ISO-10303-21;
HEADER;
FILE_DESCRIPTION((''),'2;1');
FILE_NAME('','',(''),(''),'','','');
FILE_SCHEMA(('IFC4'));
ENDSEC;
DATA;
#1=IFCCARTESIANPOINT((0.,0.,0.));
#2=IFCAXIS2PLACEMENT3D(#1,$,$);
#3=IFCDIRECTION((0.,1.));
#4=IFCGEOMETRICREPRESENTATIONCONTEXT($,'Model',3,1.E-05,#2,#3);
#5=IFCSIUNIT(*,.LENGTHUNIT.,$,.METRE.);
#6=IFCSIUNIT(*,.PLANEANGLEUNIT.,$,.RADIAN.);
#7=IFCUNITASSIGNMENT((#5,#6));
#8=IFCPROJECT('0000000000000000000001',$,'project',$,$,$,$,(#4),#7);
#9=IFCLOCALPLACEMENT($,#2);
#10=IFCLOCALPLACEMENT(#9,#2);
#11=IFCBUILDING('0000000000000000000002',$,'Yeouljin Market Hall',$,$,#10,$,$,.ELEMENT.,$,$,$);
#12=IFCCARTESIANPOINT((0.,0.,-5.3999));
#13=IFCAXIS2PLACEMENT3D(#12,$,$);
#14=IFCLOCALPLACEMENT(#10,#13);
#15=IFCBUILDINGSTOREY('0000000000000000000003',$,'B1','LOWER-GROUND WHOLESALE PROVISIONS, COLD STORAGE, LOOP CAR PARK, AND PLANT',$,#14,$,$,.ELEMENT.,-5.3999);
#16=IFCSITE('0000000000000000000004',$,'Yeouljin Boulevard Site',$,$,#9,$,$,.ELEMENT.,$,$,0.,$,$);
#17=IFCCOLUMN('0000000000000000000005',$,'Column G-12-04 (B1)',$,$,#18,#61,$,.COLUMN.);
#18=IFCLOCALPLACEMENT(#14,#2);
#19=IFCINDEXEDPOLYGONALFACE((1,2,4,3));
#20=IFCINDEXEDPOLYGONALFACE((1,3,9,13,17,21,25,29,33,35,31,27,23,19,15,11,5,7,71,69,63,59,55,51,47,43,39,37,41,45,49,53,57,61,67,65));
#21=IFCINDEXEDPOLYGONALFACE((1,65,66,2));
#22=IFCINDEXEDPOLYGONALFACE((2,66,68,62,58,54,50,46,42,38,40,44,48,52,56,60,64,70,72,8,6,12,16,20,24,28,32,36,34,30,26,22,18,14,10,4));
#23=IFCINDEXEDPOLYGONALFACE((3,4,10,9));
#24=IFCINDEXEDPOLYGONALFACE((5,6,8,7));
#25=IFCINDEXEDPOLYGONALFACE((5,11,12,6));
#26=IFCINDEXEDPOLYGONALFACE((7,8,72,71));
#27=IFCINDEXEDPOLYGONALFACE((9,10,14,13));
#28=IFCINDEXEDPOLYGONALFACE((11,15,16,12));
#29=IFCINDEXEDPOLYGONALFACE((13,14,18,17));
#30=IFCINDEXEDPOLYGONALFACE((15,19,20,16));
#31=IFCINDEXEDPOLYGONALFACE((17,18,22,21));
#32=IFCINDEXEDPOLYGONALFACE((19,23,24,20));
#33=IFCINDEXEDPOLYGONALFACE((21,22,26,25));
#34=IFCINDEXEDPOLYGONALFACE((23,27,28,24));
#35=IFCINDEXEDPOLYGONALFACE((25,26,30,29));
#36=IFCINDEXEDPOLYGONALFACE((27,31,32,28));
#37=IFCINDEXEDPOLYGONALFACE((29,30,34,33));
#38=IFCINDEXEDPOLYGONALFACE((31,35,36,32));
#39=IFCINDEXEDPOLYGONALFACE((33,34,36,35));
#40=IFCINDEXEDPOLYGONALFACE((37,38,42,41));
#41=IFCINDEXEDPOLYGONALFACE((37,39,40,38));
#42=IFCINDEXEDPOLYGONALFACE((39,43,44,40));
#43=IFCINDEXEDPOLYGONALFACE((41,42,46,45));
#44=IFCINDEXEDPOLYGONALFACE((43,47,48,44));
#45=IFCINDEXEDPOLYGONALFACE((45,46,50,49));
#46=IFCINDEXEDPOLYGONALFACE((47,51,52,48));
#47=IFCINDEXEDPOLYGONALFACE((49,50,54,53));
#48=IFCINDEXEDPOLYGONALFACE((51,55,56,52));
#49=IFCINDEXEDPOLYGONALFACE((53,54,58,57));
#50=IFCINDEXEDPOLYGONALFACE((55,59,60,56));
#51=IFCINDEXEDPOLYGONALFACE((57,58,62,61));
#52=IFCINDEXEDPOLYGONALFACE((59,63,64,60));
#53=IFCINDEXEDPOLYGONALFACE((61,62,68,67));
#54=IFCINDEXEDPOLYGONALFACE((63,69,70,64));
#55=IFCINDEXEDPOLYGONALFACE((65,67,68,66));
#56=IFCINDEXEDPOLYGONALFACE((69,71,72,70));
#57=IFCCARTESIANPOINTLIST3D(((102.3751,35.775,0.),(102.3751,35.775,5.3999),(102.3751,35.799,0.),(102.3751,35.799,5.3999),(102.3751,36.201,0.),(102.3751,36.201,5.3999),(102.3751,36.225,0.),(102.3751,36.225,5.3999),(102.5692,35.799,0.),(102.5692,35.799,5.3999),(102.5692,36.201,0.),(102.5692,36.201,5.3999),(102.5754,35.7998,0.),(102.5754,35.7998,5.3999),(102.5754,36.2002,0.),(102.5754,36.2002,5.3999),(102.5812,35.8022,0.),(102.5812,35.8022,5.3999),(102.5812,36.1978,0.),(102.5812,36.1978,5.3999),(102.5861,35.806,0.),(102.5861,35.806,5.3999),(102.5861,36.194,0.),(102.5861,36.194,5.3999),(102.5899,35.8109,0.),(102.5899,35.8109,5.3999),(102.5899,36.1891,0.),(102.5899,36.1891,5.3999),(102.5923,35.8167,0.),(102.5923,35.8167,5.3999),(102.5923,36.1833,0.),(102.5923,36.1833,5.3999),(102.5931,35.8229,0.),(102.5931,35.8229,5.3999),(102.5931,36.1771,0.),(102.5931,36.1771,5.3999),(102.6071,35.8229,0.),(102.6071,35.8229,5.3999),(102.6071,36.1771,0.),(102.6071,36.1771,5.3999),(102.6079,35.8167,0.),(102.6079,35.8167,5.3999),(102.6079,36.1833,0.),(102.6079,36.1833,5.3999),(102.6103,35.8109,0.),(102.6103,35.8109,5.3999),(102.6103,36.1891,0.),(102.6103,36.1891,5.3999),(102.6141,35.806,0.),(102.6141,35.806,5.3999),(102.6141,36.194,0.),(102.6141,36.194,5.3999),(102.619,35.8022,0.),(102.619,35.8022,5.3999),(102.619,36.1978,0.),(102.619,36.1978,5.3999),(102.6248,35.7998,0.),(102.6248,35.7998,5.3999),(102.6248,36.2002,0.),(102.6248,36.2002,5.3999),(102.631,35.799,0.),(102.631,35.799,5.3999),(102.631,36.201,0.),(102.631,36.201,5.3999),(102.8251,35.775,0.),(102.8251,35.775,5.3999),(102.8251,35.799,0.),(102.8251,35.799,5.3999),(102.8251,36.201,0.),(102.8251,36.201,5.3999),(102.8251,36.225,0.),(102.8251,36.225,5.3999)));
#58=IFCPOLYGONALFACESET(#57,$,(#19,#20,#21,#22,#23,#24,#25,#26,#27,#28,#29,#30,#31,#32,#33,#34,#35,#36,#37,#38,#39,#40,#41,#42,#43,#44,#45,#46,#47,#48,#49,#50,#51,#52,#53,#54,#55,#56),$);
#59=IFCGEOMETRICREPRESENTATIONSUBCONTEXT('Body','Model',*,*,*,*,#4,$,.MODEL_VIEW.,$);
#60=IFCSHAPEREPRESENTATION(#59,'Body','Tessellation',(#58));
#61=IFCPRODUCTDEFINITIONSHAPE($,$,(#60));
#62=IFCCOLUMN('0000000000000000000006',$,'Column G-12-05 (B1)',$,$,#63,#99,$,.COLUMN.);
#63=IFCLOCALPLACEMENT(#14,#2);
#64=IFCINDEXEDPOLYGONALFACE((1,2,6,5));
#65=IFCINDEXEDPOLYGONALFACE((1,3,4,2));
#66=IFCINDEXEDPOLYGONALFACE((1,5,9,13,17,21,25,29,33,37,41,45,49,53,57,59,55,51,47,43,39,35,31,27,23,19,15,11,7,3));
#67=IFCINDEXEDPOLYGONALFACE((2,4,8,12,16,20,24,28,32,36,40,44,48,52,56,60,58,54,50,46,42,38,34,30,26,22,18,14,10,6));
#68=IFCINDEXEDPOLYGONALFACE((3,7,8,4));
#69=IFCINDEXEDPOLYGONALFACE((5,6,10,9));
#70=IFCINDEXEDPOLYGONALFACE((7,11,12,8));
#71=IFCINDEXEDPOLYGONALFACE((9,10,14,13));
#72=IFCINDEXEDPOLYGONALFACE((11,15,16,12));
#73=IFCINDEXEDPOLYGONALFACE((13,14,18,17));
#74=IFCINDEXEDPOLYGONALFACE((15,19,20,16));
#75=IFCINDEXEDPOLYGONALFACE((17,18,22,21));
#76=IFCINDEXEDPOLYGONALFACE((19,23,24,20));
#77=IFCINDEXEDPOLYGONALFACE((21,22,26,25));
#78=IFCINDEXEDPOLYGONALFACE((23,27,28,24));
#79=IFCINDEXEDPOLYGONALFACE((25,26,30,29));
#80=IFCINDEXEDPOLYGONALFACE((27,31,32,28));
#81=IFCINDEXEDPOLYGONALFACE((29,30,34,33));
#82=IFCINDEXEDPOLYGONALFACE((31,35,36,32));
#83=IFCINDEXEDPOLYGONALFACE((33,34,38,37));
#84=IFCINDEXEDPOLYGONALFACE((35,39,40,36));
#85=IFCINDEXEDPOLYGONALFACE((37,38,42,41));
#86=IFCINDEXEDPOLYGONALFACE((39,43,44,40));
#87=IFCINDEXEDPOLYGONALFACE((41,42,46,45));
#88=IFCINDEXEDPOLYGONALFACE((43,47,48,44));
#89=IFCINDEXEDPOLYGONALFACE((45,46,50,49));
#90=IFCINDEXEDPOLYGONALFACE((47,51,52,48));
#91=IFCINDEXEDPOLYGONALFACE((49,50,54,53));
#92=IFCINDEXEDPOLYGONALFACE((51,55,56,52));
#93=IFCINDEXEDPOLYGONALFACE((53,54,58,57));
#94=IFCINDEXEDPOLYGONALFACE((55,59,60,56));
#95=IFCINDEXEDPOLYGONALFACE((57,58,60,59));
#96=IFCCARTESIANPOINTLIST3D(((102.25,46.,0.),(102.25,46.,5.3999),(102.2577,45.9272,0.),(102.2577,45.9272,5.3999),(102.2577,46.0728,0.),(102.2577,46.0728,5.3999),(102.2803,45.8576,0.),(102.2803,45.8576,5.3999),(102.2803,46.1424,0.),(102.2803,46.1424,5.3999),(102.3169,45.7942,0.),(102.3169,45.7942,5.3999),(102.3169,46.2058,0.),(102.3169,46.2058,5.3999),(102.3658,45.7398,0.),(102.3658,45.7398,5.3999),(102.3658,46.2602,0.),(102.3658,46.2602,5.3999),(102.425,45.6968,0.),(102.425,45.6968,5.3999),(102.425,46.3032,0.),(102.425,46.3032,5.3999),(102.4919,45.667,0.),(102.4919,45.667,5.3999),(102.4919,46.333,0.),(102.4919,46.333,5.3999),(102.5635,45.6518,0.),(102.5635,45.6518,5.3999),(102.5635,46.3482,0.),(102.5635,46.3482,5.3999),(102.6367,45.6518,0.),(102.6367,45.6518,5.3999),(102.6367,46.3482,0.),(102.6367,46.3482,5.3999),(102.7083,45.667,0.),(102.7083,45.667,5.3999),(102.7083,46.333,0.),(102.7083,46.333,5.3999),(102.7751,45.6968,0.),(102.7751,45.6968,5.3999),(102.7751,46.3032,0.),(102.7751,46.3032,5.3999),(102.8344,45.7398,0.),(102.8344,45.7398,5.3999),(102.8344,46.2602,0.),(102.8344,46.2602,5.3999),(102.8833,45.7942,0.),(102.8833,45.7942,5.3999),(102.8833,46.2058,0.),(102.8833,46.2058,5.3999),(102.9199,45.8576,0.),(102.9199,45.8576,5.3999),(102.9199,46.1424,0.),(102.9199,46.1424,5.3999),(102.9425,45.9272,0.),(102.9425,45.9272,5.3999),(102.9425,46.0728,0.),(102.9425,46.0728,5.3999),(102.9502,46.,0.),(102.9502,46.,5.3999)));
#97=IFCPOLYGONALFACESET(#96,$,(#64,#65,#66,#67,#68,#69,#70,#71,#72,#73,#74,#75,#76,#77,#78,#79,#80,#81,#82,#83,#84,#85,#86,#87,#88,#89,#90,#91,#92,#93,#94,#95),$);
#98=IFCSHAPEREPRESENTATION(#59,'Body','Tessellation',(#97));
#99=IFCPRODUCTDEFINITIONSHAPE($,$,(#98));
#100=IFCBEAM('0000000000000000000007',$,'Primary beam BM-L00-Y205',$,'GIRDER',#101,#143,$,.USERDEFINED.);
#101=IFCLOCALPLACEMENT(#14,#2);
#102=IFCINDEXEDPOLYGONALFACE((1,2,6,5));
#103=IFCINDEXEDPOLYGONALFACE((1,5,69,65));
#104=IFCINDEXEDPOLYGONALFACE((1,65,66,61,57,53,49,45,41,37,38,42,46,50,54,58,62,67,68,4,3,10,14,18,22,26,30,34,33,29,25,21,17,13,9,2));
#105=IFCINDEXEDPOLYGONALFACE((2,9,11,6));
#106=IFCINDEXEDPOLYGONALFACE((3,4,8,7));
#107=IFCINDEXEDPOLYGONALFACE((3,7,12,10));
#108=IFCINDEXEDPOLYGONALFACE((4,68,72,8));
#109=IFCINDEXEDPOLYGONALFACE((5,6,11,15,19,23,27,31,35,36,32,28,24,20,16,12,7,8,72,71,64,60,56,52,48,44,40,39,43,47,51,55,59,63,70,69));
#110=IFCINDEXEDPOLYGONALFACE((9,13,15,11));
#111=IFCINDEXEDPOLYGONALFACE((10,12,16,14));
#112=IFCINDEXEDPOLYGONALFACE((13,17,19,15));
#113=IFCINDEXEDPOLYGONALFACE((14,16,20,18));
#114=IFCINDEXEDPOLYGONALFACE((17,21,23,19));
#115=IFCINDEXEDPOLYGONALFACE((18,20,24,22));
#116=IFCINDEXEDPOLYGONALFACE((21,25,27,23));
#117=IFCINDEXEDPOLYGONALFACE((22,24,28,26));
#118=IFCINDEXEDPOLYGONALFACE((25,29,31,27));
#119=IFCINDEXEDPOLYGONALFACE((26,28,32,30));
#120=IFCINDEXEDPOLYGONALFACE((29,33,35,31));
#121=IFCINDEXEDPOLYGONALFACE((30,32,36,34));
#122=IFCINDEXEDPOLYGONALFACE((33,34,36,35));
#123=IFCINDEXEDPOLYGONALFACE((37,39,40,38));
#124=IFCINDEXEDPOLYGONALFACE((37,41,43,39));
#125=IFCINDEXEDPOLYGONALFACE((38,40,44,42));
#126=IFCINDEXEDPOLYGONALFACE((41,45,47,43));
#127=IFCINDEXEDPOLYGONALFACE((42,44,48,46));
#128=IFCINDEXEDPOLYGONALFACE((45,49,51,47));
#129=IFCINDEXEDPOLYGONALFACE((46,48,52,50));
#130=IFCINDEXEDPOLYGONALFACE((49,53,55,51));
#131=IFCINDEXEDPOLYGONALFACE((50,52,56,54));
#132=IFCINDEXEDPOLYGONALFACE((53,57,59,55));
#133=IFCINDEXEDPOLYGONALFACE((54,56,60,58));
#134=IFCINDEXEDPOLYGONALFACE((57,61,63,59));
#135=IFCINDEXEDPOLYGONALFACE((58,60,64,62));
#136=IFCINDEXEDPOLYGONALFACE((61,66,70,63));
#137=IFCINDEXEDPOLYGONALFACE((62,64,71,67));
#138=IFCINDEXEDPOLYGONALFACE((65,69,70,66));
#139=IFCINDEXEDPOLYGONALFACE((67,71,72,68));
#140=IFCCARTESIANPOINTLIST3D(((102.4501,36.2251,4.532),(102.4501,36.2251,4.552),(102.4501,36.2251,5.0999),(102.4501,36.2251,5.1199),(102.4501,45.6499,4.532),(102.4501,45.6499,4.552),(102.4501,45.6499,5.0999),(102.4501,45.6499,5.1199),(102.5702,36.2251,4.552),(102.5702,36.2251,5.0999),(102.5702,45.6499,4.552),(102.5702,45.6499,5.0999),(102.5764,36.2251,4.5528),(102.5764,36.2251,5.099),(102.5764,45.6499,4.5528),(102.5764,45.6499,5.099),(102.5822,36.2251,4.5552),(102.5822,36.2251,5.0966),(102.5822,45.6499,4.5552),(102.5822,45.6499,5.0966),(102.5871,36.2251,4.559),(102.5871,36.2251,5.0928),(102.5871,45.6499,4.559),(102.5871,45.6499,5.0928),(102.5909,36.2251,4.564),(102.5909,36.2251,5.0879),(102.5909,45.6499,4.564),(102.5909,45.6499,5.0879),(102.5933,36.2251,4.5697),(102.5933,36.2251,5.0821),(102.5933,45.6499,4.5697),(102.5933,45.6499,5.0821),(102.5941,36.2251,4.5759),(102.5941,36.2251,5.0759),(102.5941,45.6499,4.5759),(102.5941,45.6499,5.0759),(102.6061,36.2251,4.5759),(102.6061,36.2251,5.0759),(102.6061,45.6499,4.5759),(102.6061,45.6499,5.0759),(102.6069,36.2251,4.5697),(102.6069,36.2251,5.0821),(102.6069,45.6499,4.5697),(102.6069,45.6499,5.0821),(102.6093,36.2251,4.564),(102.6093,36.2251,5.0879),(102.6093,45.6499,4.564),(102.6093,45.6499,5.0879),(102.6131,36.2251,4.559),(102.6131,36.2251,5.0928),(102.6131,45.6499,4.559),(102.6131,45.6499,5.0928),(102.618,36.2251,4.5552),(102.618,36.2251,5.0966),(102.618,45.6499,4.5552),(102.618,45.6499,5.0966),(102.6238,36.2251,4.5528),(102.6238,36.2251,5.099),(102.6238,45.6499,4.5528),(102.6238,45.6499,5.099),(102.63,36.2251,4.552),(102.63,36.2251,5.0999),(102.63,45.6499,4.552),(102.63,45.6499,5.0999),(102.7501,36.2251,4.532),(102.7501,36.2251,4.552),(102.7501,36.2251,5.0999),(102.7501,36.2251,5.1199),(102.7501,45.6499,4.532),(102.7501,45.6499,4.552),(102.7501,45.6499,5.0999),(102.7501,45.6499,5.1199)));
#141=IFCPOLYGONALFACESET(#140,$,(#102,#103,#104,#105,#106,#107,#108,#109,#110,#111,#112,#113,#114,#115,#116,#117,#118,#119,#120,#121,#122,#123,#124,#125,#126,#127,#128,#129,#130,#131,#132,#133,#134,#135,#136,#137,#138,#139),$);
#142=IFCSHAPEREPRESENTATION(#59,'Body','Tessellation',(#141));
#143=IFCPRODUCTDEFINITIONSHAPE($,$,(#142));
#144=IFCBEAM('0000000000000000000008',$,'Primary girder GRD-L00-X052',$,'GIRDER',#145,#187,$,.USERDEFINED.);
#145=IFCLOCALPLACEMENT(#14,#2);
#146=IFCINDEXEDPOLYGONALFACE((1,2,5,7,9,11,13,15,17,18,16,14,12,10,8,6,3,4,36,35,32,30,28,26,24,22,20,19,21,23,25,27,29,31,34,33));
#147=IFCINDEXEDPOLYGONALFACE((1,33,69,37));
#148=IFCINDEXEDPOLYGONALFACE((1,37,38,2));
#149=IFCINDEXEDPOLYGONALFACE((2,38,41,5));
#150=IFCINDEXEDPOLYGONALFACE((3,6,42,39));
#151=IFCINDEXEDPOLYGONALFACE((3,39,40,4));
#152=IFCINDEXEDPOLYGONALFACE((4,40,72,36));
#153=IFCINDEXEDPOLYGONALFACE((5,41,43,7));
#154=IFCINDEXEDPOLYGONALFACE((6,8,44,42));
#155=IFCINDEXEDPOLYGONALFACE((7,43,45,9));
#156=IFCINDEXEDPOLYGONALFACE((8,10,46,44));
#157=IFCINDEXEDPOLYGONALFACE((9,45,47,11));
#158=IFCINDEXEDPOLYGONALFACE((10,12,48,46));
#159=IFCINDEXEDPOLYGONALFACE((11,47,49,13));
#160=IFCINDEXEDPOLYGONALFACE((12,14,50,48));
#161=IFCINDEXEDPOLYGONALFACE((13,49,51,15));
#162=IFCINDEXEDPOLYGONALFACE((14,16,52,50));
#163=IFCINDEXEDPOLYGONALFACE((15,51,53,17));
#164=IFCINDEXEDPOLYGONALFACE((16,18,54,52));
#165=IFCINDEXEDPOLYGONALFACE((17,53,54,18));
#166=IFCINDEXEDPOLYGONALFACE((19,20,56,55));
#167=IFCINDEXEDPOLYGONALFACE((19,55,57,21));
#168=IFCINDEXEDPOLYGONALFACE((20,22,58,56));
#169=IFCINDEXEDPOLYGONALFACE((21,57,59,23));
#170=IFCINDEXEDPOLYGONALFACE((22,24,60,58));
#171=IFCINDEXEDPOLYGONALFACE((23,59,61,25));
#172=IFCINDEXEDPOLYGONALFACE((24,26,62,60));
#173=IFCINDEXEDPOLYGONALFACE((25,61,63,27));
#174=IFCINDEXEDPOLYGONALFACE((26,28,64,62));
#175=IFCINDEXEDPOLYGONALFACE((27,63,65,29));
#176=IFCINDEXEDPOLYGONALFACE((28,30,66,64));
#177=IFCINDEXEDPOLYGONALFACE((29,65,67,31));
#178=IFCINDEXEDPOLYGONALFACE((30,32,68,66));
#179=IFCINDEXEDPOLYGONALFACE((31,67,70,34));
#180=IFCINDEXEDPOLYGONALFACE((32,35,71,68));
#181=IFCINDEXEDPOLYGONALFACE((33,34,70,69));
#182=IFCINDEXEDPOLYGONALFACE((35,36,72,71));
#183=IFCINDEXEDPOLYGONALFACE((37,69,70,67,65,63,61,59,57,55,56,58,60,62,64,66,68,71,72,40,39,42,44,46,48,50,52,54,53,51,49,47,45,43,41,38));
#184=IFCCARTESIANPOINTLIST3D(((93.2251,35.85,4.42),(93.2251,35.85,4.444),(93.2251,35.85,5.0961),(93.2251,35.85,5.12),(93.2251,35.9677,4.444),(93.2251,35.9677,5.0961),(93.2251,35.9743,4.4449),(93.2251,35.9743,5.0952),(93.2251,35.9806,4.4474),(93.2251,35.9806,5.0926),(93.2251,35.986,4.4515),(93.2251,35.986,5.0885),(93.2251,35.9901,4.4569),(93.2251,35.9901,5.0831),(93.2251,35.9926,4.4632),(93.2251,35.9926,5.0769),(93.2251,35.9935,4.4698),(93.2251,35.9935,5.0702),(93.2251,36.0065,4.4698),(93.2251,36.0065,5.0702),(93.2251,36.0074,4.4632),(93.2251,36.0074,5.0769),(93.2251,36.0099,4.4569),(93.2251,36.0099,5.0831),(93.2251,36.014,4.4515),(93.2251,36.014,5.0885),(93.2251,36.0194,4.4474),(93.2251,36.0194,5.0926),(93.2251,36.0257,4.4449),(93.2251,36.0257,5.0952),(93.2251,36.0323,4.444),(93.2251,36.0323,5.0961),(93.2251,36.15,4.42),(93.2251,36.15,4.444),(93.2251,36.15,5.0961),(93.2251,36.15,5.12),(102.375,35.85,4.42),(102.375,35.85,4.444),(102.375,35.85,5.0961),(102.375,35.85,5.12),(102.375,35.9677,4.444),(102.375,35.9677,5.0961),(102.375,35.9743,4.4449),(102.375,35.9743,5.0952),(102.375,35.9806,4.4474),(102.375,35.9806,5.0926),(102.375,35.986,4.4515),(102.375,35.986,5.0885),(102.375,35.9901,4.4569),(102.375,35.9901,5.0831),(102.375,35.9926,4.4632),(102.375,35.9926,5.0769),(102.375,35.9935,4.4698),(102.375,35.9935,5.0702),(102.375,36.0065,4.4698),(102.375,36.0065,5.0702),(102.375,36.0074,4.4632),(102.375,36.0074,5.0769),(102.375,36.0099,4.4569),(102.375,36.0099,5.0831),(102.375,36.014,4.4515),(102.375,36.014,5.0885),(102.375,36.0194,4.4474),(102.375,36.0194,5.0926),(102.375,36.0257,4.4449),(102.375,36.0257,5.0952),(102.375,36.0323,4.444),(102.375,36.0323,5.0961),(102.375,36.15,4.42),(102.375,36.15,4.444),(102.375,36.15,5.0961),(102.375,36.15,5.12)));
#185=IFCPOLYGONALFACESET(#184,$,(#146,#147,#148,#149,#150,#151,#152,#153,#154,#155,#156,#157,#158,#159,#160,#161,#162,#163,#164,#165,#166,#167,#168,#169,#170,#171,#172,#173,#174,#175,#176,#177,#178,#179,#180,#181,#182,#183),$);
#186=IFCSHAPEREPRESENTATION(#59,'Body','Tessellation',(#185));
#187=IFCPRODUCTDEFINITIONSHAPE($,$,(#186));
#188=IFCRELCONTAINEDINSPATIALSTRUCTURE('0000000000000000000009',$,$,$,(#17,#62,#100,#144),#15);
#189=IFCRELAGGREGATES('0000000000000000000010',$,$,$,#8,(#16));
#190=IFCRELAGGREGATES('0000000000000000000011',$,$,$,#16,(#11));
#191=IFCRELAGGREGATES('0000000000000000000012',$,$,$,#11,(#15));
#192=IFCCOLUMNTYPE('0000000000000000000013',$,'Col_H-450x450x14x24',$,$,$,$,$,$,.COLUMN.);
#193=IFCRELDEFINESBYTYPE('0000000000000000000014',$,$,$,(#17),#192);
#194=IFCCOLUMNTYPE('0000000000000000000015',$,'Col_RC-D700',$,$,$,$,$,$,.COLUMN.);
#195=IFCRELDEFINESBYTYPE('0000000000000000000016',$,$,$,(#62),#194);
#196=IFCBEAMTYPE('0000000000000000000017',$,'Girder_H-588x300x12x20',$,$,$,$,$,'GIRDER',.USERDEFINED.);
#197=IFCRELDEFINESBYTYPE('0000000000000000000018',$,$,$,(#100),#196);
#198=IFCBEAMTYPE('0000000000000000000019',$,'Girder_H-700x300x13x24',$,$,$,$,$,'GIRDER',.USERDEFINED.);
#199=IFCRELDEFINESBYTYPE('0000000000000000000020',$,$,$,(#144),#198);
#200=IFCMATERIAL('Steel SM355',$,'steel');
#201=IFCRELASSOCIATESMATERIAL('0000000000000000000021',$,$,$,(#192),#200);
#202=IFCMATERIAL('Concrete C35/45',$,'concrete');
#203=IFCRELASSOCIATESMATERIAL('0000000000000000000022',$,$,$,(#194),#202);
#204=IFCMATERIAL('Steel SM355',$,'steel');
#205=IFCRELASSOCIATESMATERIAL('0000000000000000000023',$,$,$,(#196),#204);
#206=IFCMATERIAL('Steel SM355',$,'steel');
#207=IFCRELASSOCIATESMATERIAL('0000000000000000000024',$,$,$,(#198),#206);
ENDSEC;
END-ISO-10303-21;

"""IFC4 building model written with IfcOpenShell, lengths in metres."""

from ifc_helpers import new_model, si_unit, direction, frame, origin, origin_2d, place, context, subcontext, project, spatial, circle, i_section, extrude, material, material_profile, profile_set, type_object, element, save


model = new_model("IFC4")

# Units and contexts
model_context = context("Model", 3, precision=1e-05, world=origin(), true_north=direction((0.0, 1.0)))
body_context = subcontext(model_context, "Body", "Model", "MODEL_VIEW")
ifc_project = project(units=[si_unit("LENGTHUNIT", "METRE"), si_unit("PLANEANGLEUNIT", "RADIAN")], contexts=[model_context])

# Site, building, storey
site_placement = place(None, origin())
site = spatial("IfcSite", under=ifc_project, at=site_placement, Name="Yeouljin Boulevard Site", CompositionType="ELEMENT", RefElevation=0.0)
building_placement = place(site_placement, origin())
building = spatial("IfcBuilding", under=site, at=building_placement, Name="Yeouljin Market Hall", CompositionType="ELEMENT")
storey_placement = place(building_placement, frame((0.0, 0.0, -5.3999)))
storey = spatial("IfcBuildingStorey", under=building, at=storey_placement, Name="B1", Description="LOWER-GROUND WHOLESALE PROVISIONS, COLD STORAGE, LOOP CAR PARK, AND PLANT", CompositionType="ELEMENT", Elevation=-5.3999)

# Columns
ifc_material_1 = material(Name="Steel SM355", Category="steel")
ifc_material_profile_1 = material_profile(ifc_material_1, i_section(OverallWidth=0.45, OverallDepth=0.45, WebThickness=0.0139, FlangeThickness=0.0239, FilletRadius=0.0239, at=origin_2d()), Name="H-450x450x14x24")
ifc_profile_set_1 = profile_set([ifc_material_profile_1], Name="Steel SM355")
column_type_1 = type_object("IfcColumnType", Name="Col_H-450x450x14x24", PredefinedType="COLUMN", material=ifc_profile_set_1)
for number, where, z_axis, x_axis, name in (
    (1, (102.6001, 36.0, 0.0), (0.0, 0.0, 1.0), (1.0, 0.0, 0.0), "Column G-12-04 (B1)"),
):
    element("IfcColumn", number, at=place(storey_placement, frame(where, z_axis=z_axis, x_axis=x_axis)), inside=storey, type_object=column_type_1, Name=name, PredefinedType="COLUMN", context=body_context, shape_type="SweptSolid", body=[
        extrude(i_section(OverallWidth=0.45, OverallDepth=0.45, WebThickness=0.0139, FlangeThickness=0.0239, FilletRadius=0.0239, at=origin_2d()), origin(), (0.0, 0.0, 1.0), 5.3999),
    ])
ifc_material_2 = material(Name="Concrete C35/45", Category="concrete")
ifc_material_profile_2 = material_profile(ifc_material_2, circle(Radius=0.3501, at=origin_2d()), Name="RC-D700")
ifc_profile_set_2 = profile_set([ifc_material_profile_2], Name="Concrete C35/45")
column_type_2 = type_object("IfcColumnType", Name="Col_RC-D700", PredefinedType="COLUMN", material=ifc_profile_set_2)
column_placement = place(storey_placement, frame((102.6001, 46.0, 0.0), z_axis=(0.0, 0.0, 1.0), x_axis=(1.0, 0.0, 0.0)))
element("IfcColumn", 2, at=column_placement, inside=storey, type_object=column_type_2, Name="Column G-12-05 (B1)", PredefinedType="COLUMN", context=body_context, shape_type="SweptSolid", body=[
    extrude(circle(Radius=0.3501, at=origin_2d()), origin(), (0.0, 0.0, 1.0), 5.3999),
])

# Beams
ifc_material_3 = material(Name="Steel SM355", Category="steel")
ifc_material_profile_3 = material_profile(ifc_material_3, i_section(OverallWidth=0.3, OverallDepth=0.5879, WebThickness=0.012, FlangeThickness=0.02, FilletRadius=0.0239, at=origin_2d()), Name="H-588x300x12x20")
ifc_profile_set_3 = profile_set([ifc_material_profile_3], Name="Steel SM355")
beam_type_1 = type_object("IfcBeamType", Name="Girder_H-588x300x12x20", ElementType="GIRDER", PredefinedType="USERDEFINED", material=ifc_profile_set_3)
beam_1_placement = place(storey_placement, frame((102.6001, 36.2251, 4.8259), z_axis=(0.0, 1.0, 0.0), x_axis=(-1.0, 0.0, 0.0)))
element("IfcBeam", 3, at=beam_1_placement, inside=storey, type_object=beam_type_1, Name="Primary beam BM-L00-Y205", ObjectType="GIRDER", PredefinedType="USERDEFINED", context=body_context, shape_type="SweptSolid", body=[
    extrude(i_section(OverallWidth=0.3, OverallDepth=0.5879, WebThickness=0.012, FlangeThickness=0.02, FilletRadius=0.0239, at=origin_2d()), origin(), (0.0, 0.0, 1.0), 9.4248),
])
ifc_material_4 = material(Name="Steel SM355", Category="steel")
ifc_material_profile_4 = material_profile(ifc_material_4, i_section(OverallWidth=0.3, OverallDepth=0.7, WebThickness=0.0129, FlangeThickness=0.0239, FilletRadius=0.0259, at=origin_2d()), Name="H-700x300x13x24")
ifc_profile_set_4 = profile_set([ifc_material_profile_4], Name="Steel SM355")
beam_type_2 = type_object("IfcBeamType", Name="Girder_H-700x300x13x24", ElementType="GIRDER", PredefinedType="USERDEFINED", material=ifc_profile_set_4)
beam_2_placement = place(storey_placement, frame((93.2251, 36.0, 4.77), z_axis=(1.0, 0.0, 0.0), x_axis=(0.0, 1.0, 0.0)))
element("IfcBeam", 4, at=beam_2_placement, inside=storey, type_object=beam_type_2, Name="Primary girder GRD-L00-X052", ObjectType="GIRDER", PredefinedType="USERDEFINED", context=body_context, shape_type="SweptSolid", body=[
    extrude(i_section(OverallWidth=0.3, OverallDepth=0.7, WebThickness=0.0129, FlangeThickness=0.0239, FilletRadius=0.0259, at=origin_2d()), origin(), (0.0, 0.0, 1.0), 9.1499),
])

save(model, "model.ifc")
